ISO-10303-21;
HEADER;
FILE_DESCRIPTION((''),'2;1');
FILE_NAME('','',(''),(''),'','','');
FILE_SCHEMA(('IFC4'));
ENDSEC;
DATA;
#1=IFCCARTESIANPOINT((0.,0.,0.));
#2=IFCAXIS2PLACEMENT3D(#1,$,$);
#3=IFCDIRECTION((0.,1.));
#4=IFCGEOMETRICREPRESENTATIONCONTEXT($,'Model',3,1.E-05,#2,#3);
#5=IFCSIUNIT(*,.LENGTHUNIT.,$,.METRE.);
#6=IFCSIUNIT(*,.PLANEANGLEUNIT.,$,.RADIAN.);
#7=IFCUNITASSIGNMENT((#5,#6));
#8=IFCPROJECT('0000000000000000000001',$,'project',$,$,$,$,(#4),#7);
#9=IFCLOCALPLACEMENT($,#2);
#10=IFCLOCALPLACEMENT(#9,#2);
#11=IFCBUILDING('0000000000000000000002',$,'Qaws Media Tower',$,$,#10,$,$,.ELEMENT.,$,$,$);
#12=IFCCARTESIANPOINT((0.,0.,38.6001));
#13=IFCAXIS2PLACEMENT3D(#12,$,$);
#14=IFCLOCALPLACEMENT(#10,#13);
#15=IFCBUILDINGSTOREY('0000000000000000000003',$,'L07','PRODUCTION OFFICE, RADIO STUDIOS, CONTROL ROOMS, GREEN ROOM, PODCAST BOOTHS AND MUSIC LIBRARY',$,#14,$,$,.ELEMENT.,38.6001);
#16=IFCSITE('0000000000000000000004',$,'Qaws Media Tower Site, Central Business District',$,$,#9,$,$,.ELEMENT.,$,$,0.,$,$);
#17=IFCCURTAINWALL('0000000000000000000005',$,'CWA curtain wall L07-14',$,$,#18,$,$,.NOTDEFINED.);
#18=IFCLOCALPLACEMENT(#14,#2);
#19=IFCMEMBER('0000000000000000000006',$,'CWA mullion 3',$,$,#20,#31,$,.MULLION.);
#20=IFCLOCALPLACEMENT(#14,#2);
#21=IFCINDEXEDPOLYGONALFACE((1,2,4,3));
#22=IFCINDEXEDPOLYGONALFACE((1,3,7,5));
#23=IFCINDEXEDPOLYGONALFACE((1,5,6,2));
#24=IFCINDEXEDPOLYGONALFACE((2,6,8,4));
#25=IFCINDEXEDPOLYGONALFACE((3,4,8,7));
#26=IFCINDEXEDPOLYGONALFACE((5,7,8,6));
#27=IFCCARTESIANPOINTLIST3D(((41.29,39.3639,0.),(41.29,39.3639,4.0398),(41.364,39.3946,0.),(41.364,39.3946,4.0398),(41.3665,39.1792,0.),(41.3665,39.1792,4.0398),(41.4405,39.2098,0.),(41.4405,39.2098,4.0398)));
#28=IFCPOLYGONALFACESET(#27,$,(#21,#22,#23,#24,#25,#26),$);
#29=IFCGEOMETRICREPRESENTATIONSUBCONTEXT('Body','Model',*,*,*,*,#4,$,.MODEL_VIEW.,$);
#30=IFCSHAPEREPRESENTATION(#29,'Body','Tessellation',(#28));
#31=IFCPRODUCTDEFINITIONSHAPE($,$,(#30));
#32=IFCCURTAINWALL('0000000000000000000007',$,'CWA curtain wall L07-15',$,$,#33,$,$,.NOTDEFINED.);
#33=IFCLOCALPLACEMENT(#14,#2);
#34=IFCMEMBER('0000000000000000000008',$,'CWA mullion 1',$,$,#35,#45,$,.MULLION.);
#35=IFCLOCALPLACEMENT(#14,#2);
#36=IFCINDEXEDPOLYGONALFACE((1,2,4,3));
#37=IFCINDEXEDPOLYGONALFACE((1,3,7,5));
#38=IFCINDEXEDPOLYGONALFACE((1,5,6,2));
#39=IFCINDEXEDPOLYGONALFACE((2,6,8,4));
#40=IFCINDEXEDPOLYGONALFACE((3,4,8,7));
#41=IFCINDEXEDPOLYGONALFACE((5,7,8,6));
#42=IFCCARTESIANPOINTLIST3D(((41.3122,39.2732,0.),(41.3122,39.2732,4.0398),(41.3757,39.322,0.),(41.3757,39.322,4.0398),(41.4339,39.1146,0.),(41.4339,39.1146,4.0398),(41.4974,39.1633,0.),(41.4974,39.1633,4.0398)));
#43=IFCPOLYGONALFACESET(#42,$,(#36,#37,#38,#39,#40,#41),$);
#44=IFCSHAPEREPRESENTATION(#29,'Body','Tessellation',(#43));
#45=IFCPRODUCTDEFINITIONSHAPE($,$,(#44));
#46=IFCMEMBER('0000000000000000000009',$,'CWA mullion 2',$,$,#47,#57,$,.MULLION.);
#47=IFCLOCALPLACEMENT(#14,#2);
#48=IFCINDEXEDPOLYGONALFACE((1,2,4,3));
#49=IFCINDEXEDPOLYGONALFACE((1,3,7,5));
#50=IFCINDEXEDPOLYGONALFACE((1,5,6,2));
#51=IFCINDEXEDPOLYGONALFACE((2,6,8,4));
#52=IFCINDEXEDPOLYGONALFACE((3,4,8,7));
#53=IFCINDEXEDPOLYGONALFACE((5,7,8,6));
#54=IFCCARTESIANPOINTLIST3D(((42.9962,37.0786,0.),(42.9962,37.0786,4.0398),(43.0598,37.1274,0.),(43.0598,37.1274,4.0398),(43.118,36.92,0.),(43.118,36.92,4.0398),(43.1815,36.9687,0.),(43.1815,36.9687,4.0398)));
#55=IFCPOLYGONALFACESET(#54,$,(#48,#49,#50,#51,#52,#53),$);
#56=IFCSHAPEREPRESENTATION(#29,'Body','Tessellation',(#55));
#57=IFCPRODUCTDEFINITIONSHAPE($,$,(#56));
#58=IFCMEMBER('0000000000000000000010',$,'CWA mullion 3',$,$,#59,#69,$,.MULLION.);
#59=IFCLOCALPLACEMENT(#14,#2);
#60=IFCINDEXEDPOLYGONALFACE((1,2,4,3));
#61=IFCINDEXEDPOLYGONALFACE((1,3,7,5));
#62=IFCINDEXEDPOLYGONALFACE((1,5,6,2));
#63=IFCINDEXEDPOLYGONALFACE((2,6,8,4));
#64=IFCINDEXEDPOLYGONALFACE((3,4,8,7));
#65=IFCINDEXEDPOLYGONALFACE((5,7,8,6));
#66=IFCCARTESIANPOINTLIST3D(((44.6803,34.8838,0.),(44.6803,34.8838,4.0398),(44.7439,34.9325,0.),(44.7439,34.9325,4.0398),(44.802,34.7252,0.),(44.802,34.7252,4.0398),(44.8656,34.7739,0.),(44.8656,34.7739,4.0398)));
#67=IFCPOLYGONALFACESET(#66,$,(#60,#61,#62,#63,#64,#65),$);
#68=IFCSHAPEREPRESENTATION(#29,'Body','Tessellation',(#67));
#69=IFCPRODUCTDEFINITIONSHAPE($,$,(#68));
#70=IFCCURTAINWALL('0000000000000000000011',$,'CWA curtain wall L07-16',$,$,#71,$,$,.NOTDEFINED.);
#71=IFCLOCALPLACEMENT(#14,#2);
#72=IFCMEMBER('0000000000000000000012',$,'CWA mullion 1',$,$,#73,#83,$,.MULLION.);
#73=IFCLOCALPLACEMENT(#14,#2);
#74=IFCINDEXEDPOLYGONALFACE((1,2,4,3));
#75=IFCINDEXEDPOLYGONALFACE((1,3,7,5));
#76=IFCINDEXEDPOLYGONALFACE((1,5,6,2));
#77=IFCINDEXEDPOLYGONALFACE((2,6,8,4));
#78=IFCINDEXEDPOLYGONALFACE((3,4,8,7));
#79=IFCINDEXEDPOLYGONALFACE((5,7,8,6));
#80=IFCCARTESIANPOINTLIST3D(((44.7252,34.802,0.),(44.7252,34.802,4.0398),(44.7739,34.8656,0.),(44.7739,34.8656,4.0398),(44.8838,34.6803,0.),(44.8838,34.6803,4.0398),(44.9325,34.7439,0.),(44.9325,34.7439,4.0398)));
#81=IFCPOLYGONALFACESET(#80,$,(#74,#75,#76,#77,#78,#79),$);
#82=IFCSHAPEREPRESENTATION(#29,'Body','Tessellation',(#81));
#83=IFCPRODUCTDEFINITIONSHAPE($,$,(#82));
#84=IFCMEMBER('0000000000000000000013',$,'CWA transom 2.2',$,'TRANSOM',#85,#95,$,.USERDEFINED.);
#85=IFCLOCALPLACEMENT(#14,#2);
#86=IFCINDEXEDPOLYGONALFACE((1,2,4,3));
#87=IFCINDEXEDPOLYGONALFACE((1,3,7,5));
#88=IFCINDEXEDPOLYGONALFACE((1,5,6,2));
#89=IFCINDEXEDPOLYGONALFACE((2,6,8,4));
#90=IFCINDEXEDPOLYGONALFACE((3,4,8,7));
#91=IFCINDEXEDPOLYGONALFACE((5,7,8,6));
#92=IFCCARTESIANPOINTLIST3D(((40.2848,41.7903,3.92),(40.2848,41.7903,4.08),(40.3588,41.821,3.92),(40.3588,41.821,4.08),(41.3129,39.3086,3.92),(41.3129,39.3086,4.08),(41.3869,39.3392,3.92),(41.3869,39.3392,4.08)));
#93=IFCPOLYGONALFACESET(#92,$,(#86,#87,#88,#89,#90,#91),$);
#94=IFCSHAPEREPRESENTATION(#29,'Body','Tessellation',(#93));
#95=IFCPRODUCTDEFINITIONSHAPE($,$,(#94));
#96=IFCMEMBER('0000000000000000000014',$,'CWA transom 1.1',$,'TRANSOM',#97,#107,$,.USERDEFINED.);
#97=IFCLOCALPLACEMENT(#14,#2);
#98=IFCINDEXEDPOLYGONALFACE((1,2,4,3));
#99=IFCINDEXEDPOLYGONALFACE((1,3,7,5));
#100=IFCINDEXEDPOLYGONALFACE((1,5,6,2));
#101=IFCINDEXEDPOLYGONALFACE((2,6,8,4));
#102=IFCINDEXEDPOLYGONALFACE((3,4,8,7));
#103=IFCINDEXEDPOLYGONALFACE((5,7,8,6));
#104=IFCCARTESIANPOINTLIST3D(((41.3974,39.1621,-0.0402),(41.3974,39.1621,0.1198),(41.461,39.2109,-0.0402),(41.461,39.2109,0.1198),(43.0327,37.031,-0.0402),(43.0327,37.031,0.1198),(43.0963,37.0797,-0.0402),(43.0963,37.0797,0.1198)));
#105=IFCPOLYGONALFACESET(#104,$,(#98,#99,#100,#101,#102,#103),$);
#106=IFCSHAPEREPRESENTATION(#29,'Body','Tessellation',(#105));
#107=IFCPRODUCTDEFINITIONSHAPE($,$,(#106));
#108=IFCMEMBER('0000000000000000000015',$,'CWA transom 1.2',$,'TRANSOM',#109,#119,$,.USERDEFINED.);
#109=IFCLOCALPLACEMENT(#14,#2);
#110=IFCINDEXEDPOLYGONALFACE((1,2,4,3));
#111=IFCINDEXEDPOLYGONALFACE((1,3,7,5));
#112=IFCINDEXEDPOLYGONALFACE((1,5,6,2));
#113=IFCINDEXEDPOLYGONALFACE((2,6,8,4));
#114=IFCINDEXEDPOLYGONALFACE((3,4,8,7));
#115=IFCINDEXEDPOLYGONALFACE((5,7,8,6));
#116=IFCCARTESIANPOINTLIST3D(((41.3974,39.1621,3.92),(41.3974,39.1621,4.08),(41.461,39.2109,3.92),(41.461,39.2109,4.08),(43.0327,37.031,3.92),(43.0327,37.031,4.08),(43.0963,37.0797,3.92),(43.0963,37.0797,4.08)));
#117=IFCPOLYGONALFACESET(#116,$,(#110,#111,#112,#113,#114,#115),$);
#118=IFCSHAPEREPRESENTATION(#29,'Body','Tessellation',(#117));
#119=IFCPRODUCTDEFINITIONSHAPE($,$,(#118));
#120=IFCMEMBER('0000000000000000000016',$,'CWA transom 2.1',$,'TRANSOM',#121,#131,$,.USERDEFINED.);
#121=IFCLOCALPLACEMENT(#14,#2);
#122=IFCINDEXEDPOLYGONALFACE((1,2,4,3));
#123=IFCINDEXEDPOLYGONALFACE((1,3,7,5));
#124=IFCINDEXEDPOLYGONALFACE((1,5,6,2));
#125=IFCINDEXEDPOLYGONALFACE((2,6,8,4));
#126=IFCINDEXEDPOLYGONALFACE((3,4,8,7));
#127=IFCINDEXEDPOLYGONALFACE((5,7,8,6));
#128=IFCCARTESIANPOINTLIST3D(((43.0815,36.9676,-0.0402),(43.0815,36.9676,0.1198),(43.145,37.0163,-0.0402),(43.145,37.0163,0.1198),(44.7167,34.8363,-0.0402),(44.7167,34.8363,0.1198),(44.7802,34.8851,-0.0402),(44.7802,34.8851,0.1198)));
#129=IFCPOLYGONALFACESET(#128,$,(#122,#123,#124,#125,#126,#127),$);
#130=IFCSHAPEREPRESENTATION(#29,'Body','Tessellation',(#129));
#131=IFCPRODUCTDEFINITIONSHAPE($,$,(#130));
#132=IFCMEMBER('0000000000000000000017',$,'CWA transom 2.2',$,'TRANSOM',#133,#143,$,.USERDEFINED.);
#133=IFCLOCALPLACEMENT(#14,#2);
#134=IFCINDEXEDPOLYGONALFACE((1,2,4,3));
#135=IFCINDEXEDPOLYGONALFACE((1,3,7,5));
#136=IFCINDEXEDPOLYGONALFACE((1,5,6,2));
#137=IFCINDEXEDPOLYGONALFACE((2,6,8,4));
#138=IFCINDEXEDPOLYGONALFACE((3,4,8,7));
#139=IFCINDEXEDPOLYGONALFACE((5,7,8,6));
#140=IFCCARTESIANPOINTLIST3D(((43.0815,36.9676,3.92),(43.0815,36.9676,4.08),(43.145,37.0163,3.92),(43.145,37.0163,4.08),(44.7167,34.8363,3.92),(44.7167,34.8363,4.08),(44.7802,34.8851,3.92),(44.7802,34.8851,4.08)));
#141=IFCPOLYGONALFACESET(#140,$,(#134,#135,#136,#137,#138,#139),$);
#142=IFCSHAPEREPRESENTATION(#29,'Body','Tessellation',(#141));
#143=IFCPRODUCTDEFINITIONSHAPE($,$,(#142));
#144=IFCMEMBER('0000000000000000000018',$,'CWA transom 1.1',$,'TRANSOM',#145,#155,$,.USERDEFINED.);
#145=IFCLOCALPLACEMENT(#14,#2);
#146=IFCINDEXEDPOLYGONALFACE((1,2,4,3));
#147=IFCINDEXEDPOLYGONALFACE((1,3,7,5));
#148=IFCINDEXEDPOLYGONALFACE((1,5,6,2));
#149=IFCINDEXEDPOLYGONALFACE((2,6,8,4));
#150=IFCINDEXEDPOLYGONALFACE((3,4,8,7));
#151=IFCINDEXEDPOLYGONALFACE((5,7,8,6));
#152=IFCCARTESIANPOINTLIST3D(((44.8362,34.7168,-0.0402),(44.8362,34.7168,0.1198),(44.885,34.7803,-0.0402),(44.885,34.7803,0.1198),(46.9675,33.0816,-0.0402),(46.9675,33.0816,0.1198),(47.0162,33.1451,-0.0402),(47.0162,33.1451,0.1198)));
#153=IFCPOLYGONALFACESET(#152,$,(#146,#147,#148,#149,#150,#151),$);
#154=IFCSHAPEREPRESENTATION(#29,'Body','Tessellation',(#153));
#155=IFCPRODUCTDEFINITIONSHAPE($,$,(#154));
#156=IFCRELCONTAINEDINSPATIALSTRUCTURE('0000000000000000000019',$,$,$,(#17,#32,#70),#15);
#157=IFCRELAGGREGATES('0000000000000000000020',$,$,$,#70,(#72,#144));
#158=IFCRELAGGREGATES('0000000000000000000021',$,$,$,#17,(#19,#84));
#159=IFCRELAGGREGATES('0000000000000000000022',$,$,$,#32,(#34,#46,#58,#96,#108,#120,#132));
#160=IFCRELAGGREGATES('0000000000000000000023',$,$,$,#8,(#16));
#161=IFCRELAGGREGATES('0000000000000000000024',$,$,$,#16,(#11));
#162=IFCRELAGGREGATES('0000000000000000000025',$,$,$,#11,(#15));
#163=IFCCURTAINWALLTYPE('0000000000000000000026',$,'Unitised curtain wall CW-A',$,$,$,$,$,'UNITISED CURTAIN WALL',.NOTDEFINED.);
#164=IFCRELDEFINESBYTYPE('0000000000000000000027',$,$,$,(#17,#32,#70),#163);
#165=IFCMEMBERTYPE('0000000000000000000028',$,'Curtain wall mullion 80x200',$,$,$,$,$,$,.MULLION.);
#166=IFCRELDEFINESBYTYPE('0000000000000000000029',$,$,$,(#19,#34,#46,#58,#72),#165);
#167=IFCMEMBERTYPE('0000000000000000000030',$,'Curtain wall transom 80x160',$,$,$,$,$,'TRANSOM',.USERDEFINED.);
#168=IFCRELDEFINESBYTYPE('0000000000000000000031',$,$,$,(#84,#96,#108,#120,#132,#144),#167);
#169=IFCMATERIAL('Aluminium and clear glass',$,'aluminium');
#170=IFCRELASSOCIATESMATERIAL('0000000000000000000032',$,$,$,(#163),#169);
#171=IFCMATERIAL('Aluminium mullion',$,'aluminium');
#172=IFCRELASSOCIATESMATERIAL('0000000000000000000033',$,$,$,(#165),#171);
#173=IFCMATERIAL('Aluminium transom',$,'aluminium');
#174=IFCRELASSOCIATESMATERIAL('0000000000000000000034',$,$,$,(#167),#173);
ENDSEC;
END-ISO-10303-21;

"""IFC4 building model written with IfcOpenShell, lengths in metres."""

from ifc_helpers import new_model, si_unit, direction, frame, origin, origin_2d, place, context, subcontext, project, spatial, rectangle, extrude, material, material_profile, profile_set, type_object, element, aggregate, save


model = new_model("IFC4")

# Units and contexts
model_context = context("Model", 3, precision=1e-05, world=origin(), true_north=direction((0.0, 1.0)))
body_context = subcontext(model_context, "Body", "Model", "MODEL_VIEW")
ifc_project = project(units=[si_unit("LENGTHUNIT", "METRE"), si_unit("PLANEANGLEUNIT", "RADIAN")], contexts=[model_context])

# Site, building, storey
site_placement = place(None, origin())
site = spatial("IfcSite", under=ifc_project, at=site_placement, Name="Qaws Media Tower Site, Central Business District", CompositionType="ELEMENT", RefElevation=0.0)
building_placement = place(site_placement, origin())
building = spatial("IfcBuilding", under=site, at=building_placement, Name="Qaws Media Tower", CompositionType="ELEMENT")
storey_placement = place(building_placement, frame((0.0, 0.0, 38.6001)))
storey = spatial("IfcBuildingStorey", under=building, at=storey_placement, Name="L07", Description="PRODUCTION OFFICE, RADIO STUDIOS, CONTROL ROOMS, GREEN ROOM, PODCAST BOOTHS AND MUSIC LIBRARY", CompositionType="ELEMENT", Elevation=38.6001)

# Curtain wall, member
ifc_material_1 = material(Name="Aluminium and clear glass", Category="aluminium")
curtain_wall_type = type_object("IfcCurtainWallType", Name="Unitised curtain wall CW-A", ElementType="UNITISED CURTAIN WALL", PredefinedType="NOTDEFINED", material=ifc_material_1)
curtain_wall_1_placement = place(storey_placement, origin())
curtain_wall_1 = element("IfcCurtainWall", 1, at=curtain_wall_1_placement, inside=storey, type_object=curtain_wall_type, Name="CWA curtain wall L07-14", PredefinedType="NOTDEFINED")
ifc_material_2 = material(Name="Aluminium mullion", Category="aluminium")
ifc_material_profile_1 = material_profile(ifc_material_2, rectangle(XDim=0.0801, YDim=0.2, at=origin_2d()), Name="80x200")
ifc_profile_set_1 = profile_set([ifc_material_profile_1], Name="Aluminium mullion")
member_type_1 = type_object("IfcMemberType", Name="Curtain wall mullion 80x200", PredefinedType="MULLION", material=ifc_profile_set_1)
member_1_placement = place(storey_placement, frame((41.3652, 39.2869, 0.0), z_axis=(0.0, 0.0, 1.0), x_axis=(0.92388, 0.382683, 0.0)))
member_1 = element("IfcMember", 2, at=member_1_placement, type_object=member_type_1, Name="CWA mullion 3", PredefinedType="MULLION", context=body_context, shape_type="SweptSolid", body=[
    extrude(rectangle(XDim=0.0801, YDim=0.2, at=origin_2d()), origin(), (0.0, 0.0, 1.0), 4.0398),
])

# Curtain wall, members
curtain_wall_2_placement = place(storey_placement, origin())
curtain_wall_2 = element("IfcCurtainWall", 3, at=curtain_wall_2_placement, inside=storey, type_object=curtain_wall_type, Name="CWA curtain wall L07-15", PredefinedType="NOTDEFINED")
member_2_placement = place(storey_placement, frame((41.4048, 39.2183, 0.0), z_axis=(0.0, 0.0, 1.0), x_axis=(0.793353, 0.608761, 0.0)))
member_2 = element("IfcMember", 4, at=member_2_placement, type_object=member_type_1, Name="CWA mullion 1", PredefinedType="MULLION", context=body_context, shape_type="SweptSolid", body=[
    extrude(rectangle(XDim=0.0801, YDim=0.2, at=origin_2d()), origin(), (0.0, 0.0, 1.0), 4.0398),
])
member_3_placement = place(storey_placement, frame((43.0889, 37.0237, 0.0), z_axis=(0.0, 0.0, 1.0), x_axis=(0.793353, 0.608761, 0.0)))
member_3 = element("IfcMember", 5, at=member_3_placement, type_object=member_type_1, Name="CWA mullion 2", PredefinedType="MULLION", context=body_context, shape_type="SweptSolid", body=[
    extrude(rectangle(XDim=0.0801, YDim=0.2, at=origin_2d()), origin(), (0.0, 0.0, 1.0), 4.0398),
])
member_4_placement = place(storey_placement, frame((44.7729, 34.8289, 0.0), z_axis=(0.0, 0.0, 1.0), x_axis=(0.793353, 0.608761, 0.0)))
member_4 = element("IfcMember", 6, at=member_4_placement, type_object=member_type_1, Name="CWA mullion 3", PredefinedType="MULLION", context=body_context, shape_type="SweptSolid", body=[
    extrude(rectangle(XDim=0.0801, YDim=0.2, at=origin_2d()), origin(), (0.0, 0.0, 1.0), 4.0398),
])

# Curtain wall, member
curtain_wall_3_placement = place(storey_placement, origin())
curtain_wall_3 = element("IfcCurtainWall", 7, at=curtain_wall_3_placement, inside=storey, type_object=curtain_wall_type, Name="CWA curtain wall L07-16", PredefinedType="NOTDEFINED")
member_5_placement = place(storey_placement, frame((44.8289, 34.7729, 0.0), z_axis=(0.0, 0.0, 1.0), x_axis=(0.608761, 0.793353, 0.0)))
member_5 = element("IfcMember", 8, at=member_5_placement, type_object=member_type_1, Name="CWA mullion 1", PredefinedType="MULLION", context=body_context, shape_type="SweptSolid", body=[
    extrude(rectangle(XDim=0.0801, YDim=0.2, at=origin_2d()), origin(), (0.0, 0.0, 1.0), 4.0398),
])

# Members
ifc_material_3 = material(Name="Aluminium transom", Category="aluminium")
ifc_material_profile_2 = material_profile(ifc_material_3, rectangle(XDim=0.0801, YDim=0.1599, at=origin_2d()), Name="80x160")
ifc_profile_set_2 = profile_set([ifc_material_profile_2], Name="Aluminium transom")
member_type_2 = type_object("IfcMemberType", Name="Curtain wall transom 80x160", ElementType="TRANSOM", PredefinedType="USERDEFINED", material=ifc_profile_set_2)
member_6_placement = place(storey_placement, frame((40.3218, 41.8057, 4.0), z_axis=(0.382724, -0.923863, 0.0), x_axis=(0.923863, 0.382724, 0.0)))
member_6 = element("IfcMember", 9, at=member_6_placement, type_object=member_type_2, Name="CWA transom 2.2", ObjectType="TRANSOM", PredefinedType="USERDEFINED", context=body_context, shape_type="SweptSolid", body=[
    extrude(rectangle(XDim=0.0801, YDim=0.1599, at=origin_2d()), origin(), (0.0, 0.0, 1.0), 2.6863),
])
member_7_placement = place(storey_placement, frame((41.4292, 39.1865, 0.0398), z_axis=(0.608762, -0.793353, 0.0), x_axis=(0.793353, 0.608762, 0.0)))
member_7 = element("IfcMember", 10, at=member_7_placement, type_object=member_type_2, Name="CWA transom 1.1", ObjectType="TRANSOM", PredefinedType="USERDEFINED", context=body_context, shape_type="SweptSolid", body=[
    extrude(rectangle(XDim=0.0801, YDim=0.1599, at=origin_2d()), origin(), (0.0, 0.0, 1.0), 2.6863),
])
member_8_placement = place(storey_placement, frame((41.4292, 39.1865, 4.0), z_axis=(0.608762, -0.793353, 0.0), x_axis=(0.793353, 0.608762, 0.0)))
member_8 = element("IfcMember", 11, at=member_8_placement, type_object=member_type_2, Name="CWA transom 1.2", ObjectType="TRANSOM", PredefinedType="USERDEFINED", context=body_context, shape_type="SweptSolid", body=[
    extrude(rectangle(XDim=0.0801, YDim=0.1599, at=origin_2d()), origin(), (0.0, 0.0, 1.0), 2.6863),
])
member_9_placement = place(storey_placement, frame((43.1133, 36.9919, 0.0398), z_axis=(0.608718, -0.793387, 0.0), x_axis=(0.793387, 0.608718, 0.0)))
member_9 = element("IfcMember", 12, at=member_9_placement, type_object=member_type_2, Name="CWA transom 2.1", ObjectType="TRANSOM", PredefinedType="USERDEFINED", context=body_context, shape_type="SweptSolid", body=[
    extrude(rectangle(XDim=0.0801, YDim=0.1599, at=origin_2d()), origin(), (0.0, 0.0, 1.0), 2.6863),
])
member_10_placement = place(storey_placement, frame((43.1133, 36.9919, 4.0), z_axis=(0.608718, -0.793387, 0.0), x_axis=(0.793387, 0.608718, 0.0)))
member_10 = element("IfcMember", 13, at=member_10_placement, type_object=member_type_2, Name="CWA transom 2.2", ObjectType="TRANSOM", PredefinedType="USERDEFINED", context=body_context, shape_type="SweptSolid", body=[
    extrude(rectangle(XDim=0.0801, YDim=0.1599, at=origin_2d()), origin(), (0.0, 0.0, 1.0), 2.6863),
])
member_11_placement = place(storey_placement, frame((44.8606, 34.7485, 0.0398), z_axis=(0.793387, -0.608718, 0.0), x_axis=(0.608718, 0.793387, 0.0)))
member_11 = element("IfcMember", 14, at=member_11_placement, type_object=member_type_2, Name="CWA transom 1.1", ObjectType="TRANSOM", PredefinedType="USERDEFINED", context=body_context, shape_type="SweptSolid", body=[
    extrude(rectangle(XDim=0.0801, YDim=0.1599, at=origin_2d()), origin(), (0.0, 0.0, 1.0), 2.6863),
])
aggregate(curtain_wall_3, [member_5, member_11])

aggregate(curtain_wall_1, [member_1, member_6])
aggregate(curtain_wall_2, [member_2, member_3, member_4, member_7, member_8, member_9, member_10])

save(model, "model.ifc")
